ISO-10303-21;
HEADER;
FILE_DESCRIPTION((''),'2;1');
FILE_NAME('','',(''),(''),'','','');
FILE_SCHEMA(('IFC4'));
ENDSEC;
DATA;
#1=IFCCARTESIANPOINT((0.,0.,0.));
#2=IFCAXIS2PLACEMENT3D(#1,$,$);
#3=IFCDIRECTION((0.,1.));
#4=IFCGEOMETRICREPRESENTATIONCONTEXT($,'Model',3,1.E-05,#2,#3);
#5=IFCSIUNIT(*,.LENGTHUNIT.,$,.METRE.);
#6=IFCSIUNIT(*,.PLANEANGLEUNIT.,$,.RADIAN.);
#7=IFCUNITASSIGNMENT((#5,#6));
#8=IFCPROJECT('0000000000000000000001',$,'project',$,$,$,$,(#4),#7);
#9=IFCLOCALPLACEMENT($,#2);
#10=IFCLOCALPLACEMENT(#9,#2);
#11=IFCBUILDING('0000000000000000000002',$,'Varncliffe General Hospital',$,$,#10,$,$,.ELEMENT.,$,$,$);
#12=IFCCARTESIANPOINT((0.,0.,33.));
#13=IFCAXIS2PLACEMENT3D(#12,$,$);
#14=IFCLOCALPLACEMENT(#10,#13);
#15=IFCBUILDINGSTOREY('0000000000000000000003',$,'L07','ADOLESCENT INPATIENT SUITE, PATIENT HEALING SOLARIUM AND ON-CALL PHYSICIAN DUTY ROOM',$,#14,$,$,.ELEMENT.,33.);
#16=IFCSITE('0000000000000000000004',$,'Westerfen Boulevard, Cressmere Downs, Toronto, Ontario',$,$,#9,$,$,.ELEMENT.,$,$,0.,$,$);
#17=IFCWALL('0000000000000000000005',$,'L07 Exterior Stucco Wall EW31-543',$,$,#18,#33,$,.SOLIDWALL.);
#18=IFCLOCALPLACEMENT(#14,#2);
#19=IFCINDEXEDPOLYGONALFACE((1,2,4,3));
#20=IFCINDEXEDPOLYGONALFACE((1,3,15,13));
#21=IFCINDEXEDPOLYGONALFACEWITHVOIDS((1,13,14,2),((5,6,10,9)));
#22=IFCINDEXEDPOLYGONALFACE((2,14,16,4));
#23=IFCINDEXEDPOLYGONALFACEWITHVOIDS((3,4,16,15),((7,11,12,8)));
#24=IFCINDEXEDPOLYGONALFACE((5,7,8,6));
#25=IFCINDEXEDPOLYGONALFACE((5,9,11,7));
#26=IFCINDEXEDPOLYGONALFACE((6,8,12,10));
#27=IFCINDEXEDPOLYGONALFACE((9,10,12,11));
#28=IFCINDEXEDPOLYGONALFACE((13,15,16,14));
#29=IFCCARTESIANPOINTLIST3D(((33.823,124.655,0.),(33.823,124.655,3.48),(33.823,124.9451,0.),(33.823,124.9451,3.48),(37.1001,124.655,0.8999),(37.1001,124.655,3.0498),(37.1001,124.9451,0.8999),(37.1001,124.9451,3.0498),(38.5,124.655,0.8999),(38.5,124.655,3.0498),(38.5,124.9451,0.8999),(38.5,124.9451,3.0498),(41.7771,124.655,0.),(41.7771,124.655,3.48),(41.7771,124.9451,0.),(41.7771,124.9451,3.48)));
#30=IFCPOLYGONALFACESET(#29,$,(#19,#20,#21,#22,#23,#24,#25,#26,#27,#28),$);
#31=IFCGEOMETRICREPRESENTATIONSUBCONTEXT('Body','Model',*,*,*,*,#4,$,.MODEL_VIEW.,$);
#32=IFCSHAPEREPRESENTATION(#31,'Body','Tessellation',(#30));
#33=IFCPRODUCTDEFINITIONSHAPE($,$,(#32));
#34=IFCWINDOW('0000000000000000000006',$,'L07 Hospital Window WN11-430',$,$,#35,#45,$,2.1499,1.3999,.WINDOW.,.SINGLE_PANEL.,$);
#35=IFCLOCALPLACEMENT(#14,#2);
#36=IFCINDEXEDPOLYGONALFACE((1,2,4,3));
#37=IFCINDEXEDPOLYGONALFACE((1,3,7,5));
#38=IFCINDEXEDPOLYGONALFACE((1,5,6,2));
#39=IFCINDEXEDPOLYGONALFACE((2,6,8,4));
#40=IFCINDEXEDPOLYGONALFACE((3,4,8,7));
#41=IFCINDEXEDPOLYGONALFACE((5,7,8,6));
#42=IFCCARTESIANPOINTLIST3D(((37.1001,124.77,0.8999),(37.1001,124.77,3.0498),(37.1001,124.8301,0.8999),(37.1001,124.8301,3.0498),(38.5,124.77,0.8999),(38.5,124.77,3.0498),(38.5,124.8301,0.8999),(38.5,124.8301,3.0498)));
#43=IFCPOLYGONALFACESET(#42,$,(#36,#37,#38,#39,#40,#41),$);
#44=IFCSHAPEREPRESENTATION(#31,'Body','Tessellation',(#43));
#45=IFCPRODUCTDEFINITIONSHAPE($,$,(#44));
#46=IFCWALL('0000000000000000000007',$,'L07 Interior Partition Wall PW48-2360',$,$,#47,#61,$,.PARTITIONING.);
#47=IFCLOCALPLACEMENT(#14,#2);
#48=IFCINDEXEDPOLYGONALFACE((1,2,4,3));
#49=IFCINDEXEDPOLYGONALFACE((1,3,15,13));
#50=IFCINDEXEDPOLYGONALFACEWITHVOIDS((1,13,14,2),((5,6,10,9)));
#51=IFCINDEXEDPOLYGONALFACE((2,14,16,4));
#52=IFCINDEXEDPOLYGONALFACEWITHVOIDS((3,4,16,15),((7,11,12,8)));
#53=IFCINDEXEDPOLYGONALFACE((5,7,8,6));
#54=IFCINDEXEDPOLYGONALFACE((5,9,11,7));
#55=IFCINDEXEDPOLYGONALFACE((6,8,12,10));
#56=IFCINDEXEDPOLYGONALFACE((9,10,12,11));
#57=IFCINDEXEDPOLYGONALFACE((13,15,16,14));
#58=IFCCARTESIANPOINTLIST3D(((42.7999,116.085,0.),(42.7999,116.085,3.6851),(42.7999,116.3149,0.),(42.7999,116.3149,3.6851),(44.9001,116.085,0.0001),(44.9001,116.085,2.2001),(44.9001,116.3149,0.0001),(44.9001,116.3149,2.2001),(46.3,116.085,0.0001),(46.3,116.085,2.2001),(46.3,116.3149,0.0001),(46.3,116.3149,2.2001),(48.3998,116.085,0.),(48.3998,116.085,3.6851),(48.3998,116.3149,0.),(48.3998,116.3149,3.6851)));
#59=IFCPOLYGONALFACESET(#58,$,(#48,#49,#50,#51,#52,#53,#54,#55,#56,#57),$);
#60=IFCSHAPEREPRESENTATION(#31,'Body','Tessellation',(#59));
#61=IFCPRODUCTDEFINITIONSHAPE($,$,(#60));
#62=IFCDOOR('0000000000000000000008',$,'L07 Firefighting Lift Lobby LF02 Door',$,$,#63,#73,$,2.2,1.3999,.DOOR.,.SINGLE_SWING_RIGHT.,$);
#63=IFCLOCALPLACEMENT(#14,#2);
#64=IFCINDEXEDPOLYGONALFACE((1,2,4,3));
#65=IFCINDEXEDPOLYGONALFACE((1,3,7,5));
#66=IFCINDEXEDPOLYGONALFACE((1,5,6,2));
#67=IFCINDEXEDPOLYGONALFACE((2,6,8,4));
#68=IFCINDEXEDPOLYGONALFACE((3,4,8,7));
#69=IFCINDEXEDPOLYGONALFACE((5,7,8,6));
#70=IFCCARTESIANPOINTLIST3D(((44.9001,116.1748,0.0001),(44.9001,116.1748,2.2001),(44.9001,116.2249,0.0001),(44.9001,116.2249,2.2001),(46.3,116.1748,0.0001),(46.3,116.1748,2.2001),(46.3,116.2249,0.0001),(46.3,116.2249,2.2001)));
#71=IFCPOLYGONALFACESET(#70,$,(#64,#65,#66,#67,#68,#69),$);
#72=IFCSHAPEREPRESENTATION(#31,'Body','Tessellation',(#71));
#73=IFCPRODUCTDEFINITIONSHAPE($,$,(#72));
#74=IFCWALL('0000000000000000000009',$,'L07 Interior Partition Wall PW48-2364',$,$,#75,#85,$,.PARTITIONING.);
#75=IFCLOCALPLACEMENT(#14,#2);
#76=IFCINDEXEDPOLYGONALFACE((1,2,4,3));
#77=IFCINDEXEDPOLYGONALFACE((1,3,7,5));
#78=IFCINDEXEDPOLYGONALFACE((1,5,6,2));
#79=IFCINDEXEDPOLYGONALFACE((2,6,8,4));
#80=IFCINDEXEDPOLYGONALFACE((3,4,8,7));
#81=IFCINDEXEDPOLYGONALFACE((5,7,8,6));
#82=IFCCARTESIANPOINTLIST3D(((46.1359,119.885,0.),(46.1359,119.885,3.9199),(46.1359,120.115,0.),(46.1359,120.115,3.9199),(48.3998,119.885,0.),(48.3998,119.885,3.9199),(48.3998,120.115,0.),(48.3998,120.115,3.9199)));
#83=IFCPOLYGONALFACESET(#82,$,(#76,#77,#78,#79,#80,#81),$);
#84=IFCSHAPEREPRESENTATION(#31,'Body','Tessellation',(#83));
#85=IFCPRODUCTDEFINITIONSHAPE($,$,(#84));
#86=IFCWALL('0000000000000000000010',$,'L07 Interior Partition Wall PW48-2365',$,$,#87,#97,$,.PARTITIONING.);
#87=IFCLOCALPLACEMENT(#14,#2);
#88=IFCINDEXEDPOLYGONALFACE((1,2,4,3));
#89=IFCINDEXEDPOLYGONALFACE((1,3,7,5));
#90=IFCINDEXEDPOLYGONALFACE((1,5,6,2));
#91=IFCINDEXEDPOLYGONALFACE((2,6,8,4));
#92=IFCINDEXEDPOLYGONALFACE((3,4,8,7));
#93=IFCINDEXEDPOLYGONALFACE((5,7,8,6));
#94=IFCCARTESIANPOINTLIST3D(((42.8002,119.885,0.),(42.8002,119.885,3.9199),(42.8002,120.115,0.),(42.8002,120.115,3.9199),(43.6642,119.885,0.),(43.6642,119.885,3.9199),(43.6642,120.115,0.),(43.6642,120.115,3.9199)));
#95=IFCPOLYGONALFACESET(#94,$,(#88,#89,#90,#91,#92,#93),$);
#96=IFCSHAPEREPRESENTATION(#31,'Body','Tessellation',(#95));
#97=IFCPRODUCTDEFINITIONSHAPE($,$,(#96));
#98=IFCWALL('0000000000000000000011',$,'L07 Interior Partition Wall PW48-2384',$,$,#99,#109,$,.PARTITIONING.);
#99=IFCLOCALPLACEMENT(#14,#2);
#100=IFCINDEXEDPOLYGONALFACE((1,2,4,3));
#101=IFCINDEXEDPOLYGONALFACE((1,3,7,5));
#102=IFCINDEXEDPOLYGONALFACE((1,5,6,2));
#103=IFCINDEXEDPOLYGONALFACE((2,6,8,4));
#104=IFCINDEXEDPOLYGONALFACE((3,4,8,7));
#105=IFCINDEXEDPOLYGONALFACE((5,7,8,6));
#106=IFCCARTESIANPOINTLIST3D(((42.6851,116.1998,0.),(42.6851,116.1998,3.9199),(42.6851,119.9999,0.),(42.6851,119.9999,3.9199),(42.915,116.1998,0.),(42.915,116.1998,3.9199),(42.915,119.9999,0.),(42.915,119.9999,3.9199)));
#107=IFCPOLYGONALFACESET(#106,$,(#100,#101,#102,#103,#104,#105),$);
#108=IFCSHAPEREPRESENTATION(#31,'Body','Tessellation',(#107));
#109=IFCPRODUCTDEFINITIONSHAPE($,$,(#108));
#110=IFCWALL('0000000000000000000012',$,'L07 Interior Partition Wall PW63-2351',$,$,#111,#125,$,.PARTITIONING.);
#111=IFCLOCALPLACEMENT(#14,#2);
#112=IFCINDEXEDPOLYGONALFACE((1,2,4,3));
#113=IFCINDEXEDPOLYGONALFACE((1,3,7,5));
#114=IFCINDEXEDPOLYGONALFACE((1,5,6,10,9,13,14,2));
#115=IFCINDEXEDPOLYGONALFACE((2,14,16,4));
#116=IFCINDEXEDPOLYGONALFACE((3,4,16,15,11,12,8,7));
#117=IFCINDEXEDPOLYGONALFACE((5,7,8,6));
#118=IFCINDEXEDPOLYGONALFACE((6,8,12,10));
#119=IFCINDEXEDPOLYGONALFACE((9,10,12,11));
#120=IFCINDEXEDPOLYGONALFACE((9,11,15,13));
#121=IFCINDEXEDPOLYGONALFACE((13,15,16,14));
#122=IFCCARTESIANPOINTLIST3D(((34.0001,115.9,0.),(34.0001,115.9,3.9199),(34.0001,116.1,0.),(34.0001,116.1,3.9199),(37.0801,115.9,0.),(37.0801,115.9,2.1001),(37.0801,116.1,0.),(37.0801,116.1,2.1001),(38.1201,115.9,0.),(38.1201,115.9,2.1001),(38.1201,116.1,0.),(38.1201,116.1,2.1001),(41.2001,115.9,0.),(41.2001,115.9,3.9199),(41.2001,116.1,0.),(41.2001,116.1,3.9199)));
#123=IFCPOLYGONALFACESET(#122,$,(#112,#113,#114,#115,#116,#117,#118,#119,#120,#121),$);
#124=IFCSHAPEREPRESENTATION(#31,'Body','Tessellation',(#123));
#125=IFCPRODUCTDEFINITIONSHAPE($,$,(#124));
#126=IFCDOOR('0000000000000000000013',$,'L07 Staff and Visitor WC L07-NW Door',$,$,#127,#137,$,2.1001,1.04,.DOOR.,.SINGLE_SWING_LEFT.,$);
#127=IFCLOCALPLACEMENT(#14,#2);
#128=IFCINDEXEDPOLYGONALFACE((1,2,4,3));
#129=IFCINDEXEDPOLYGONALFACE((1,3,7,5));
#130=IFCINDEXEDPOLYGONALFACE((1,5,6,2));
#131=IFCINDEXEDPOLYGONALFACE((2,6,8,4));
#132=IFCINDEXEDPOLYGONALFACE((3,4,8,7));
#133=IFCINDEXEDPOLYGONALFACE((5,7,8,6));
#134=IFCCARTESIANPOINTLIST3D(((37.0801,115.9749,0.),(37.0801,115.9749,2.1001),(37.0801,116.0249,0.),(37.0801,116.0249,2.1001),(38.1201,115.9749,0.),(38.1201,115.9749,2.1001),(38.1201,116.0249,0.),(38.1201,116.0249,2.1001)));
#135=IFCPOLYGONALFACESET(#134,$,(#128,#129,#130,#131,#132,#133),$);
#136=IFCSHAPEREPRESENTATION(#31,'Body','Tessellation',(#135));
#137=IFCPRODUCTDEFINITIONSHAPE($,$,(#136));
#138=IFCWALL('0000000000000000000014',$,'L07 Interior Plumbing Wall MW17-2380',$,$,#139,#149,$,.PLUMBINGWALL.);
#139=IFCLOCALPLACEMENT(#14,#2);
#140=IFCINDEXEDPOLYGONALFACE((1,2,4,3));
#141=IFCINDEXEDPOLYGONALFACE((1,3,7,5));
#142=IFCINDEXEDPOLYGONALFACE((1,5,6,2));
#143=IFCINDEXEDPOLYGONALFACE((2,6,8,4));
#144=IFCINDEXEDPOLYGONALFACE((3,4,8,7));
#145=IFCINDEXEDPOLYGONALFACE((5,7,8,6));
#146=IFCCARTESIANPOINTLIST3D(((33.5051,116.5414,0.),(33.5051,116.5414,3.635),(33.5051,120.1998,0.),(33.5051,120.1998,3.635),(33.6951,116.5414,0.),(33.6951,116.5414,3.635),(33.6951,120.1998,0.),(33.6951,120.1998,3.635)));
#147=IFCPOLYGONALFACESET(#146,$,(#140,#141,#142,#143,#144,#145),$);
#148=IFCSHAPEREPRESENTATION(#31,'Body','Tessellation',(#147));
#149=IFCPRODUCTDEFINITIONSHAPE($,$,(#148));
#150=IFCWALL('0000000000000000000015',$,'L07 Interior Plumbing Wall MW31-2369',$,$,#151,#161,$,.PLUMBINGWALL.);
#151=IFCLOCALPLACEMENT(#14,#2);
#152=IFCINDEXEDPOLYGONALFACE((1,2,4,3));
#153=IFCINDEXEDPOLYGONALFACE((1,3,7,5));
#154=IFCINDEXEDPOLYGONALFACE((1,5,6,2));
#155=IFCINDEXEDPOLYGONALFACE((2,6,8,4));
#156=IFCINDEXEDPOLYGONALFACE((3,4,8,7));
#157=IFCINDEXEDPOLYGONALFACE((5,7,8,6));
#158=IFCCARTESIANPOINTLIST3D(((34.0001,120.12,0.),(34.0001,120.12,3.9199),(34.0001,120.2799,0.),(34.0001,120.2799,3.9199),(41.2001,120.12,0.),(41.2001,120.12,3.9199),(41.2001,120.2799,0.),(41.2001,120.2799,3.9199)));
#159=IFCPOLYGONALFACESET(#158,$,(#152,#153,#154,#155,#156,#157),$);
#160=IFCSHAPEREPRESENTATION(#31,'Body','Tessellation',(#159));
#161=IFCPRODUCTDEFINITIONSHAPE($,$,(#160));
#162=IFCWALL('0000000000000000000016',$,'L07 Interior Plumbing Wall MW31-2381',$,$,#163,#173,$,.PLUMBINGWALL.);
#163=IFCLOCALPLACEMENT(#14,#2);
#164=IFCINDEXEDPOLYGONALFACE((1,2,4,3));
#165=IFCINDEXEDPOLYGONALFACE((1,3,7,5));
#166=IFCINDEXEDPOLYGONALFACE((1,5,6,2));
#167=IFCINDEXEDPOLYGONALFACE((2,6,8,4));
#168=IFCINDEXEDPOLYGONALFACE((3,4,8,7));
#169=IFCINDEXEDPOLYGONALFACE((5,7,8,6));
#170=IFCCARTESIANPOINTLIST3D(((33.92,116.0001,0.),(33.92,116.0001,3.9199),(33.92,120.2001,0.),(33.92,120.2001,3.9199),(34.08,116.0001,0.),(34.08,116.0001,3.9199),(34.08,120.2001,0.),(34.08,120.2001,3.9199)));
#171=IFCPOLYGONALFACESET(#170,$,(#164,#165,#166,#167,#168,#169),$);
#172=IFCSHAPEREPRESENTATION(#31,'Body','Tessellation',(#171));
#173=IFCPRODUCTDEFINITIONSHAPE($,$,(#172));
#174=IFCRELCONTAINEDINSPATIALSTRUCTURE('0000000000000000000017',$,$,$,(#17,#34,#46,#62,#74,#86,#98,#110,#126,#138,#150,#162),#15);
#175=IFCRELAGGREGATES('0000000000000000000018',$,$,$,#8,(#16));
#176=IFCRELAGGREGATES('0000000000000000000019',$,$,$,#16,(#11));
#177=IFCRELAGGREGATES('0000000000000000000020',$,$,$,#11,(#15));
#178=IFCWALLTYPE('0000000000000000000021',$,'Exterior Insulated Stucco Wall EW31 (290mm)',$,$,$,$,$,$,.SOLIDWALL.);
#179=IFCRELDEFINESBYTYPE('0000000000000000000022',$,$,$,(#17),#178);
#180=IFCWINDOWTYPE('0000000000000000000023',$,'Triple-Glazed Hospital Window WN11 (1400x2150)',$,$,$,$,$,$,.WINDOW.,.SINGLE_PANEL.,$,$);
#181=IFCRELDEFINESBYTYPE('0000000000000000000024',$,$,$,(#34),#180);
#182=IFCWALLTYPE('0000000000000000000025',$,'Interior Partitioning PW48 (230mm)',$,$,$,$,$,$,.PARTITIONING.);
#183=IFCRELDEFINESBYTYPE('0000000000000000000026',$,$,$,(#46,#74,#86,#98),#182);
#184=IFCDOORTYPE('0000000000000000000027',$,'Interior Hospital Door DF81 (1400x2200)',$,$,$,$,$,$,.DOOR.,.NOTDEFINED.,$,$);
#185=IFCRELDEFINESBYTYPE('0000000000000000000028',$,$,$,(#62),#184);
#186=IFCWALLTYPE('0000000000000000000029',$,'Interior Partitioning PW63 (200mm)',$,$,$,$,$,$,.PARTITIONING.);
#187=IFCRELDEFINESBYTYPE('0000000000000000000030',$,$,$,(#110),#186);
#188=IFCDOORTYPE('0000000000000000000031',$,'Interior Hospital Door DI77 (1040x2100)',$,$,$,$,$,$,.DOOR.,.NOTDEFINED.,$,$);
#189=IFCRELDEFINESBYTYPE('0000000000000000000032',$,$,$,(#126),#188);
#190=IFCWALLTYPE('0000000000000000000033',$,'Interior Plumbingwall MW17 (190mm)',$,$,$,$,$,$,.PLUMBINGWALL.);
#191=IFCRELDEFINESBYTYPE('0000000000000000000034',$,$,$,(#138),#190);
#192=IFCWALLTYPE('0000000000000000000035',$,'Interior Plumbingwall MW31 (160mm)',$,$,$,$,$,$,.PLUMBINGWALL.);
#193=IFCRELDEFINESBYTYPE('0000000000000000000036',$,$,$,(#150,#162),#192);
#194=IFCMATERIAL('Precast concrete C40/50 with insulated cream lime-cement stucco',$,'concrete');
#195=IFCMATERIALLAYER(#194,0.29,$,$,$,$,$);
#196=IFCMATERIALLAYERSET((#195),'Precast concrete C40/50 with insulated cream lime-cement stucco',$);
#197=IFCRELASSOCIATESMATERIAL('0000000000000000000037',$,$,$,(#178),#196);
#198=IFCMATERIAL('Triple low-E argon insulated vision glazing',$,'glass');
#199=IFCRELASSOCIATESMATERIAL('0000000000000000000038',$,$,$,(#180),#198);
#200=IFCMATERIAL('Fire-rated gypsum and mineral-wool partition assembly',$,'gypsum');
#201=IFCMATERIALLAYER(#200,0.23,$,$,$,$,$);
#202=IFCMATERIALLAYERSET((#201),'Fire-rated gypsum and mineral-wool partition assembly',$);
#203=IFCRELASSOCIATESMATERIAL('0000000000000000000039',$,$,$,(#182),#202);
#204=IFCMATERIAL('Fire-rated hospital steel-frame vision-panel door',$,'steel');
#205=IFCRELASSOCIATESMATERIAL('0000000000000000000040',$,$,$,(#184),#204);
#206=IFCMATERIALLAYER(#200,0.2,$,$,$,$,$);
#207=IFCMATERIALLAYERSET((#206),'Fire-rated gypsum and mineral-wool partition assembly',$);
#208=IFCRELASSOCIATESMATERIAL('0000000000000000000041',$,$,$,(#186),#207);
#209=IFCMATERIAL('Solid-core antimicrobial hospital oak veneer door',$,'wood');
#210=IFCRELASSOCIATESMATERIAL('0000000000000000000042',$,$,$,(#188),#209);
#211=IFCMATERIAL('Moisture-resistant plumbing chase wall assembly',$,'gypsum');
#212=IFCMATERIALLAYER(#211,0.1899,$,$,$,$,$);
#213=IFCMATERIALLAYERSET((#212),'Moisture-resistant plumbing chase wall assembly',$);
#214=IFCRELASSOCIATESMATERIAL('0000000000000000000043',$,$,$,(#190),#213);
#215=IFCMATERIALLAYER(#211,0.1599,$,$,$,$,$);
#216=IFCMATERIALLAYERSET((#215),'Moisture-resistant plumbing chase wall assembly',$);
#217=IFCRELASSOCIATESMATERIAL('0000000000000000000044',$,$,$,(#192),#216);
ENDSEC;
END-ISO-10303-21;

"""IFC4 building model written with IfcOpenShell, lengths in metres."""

from ifc_helpers import new_model, si_unit, direction, frame, frame_2d, origin, place, context, subcontext, project, spatial, rectangle, extrude, material, layer, layer_set, type_object, element, fill, save


model = new_model("IFC4")

# Units and contexts
model_context = context("Model", 3, precision=1e-05, world=origin(), true_north=direction((0.0, 1.0)))
body_context = subcontext(model_context, "Body", "Model", "MODEL_VIEW")
ifc_project = project(units=[si_unit("LENGTHUNIT", "METRE"), si_unit("PLANEANGLEUNIT", "RADIAN")], contexts=[model_context])

# Site, building, storey
site_placement = place(None, origin())
site = spatial("IfcSite", under=ifc_project, at=site_placement, Name="Westerfen Boulevard, Cressmere Downs, Toronto, Ontario", CompositionType="ELEMENT", RefElevation=0.0)
building_placement = place(site_placement, origin())
building = spatial("IfcBuilding", under=site, at=building_placement, Name="Varncliffe General Hospital", CompositionType="ELEMENT")
storey_placement = place(building_placement, frame((0.0, 0.0, 33.0)))
storey = spatial("IfcBuildingStorey", under=building, at=storey_placement, Name="L07", Description="ADOLESCENT INPATIENT SUITE, PATIENT HEALING SOLARIUM AND ON-CALL PHYSICIAN DUTY ROOM", CompositionType="ELEMENT", Elevation=33.0)

# Wall, opening, window
ifc_material_1 = material(Name="Precast concrete C40/50 with insulated cream lime-cement stucco", Category="concrete")
ifc_material_2 = material(Name="Triple low-E argon insulated vision glazing", Category="glass")
ifc_layer_1 = layer(ifc_material_1, 0.29)
ifc_layer_set_1 = layer_set([ifc_layer_1], Name="Precast concrete C40/50 with insulated cream lime-cement stucco")
wall_type_1 = type_object("IfcWallType", Name="Exterior Insulated Stucco Wall EW31 (290mm)", PredefinedType="SOLIDWALL", material=ifc_layer_set_1)
wall_1_placement = place(storey_placement, frame((33.823, 124.8, 0.0), z_axis=(0.0, 0.0, 1.0), x_axis=(1.0, 0.0, 0.0)))
wall_1 = element("IfcWall", 1, at=wall_1_placement, inside=storey, type_object=wall_type_1, Name="L07 Exterior Stucco Wall EW31-543", PredefinedType="SOLIDWALL", context=body_context, shape_type="SweptSolid", body=[
    extrude(rectangle(XDim=7.9541, YDim=0.29, at=frame_2d((3.9771, 0.0))), origin(), (0.0, 0.0, 1.0), 3.48),
])
opening_1_placement = place(wall_1_placement, frame((3.2771, 0.0, 0.8999)))
opening_1 = element("IfcOpeningElement", 2, at=opening_1_placement, cuts=wall_1, PredefinedType="OPENING", context=body_context, shape_type="SweptSolid", body=[
    extrude(rectangle(XDim=1.3999, YDim=2.1499, at=frame_2d((0.7, 1.075))), frame((0.0, 0.155, 0.0), z_axis=(0.0, -1.0, 0.0), x_axis=(1.0, 0.0, 0.0)), (0.0, 0.0, 1.0), 0.3101),
])
window_type_1 = type_object("IfcWindowType", Name="Triple-Glazed Hospital Window WN11 (1400x2150)", PartitioningType="SINGLE_PANEL", PredefinedType="WINDOW", material=ifc_material_2)
window_1_placement = place(opening_1_placement, origin())
window_1 = element("IfcWindow", 3, at=window_1_placement, inside=storey, type_object=window_type_1, Name="L07 Hospital Window WN11-430", OverallHeight=2.1499, OverallWidth=1.3999, PartitioningType="SINGLE_PANEL", PredefinedType="WINDOW", context=body_context, shape_type="SweptSolid", body=[
    extrude(rectangle(XDim=1.3999, YDim=2.1499, at=frame_2d((0.7, 1.075))), frame((0.0, 0.03, 0.0), z_axis=(0.0, -1.0, 0.0), x_axis=(1.0, 0.0, 0.0)), (0.0, 0.0, 1.0), 0.0601),
])
fill(opening_1, window_1)

# Wall, opening, door
ifc_material_3 = material(Name="Fire-rated gypsum and mineral-wool partition assembly", Category="gypsum")
ifc_layer_2 = layer(ifc_material_3, 0.23)
ifc_layer_set_2 = layer_set([ifc_layer_2], Name="Fire-rated gypsum and mineral-wool partition assembly")
wall_type_2 = type_object("IfcWallType", Name="Interior Partitioning PW48 (230mm)", PredefinedType="PARTITIONING", material=ifc_layer_set_2)
wall_2_placement = place(storey_placement, frame((42.8, 116.2, 0.0), z_axis=(0.0, 0.0, 1.0), x_axis=(1.0, 0.0, 0.0)))
wall_2 = element("IfcWall", 4, at=wall_2_placement, inside=storey, type_object=wall_type_2, Name="L07 Interior Partition Wall PW48-2360", PredefinedType="PARTITIONING", context=body_context, shape_type="SweptSolid", body=[
    extrude(rectangle(XDim=5.5999, YDim=0.23, at=frame_2d((2.7998, 0.0))), origin(), (0.0, 0.0, 1.0), 3.6851),
])
opening_2_placement = place(wall_2_placement, frame((2.1001, 0.0, 0.0)))
opening_2 = element("IfcOpeningElement", 5, at=opening_2_placement, cuts=wall_2, PredefinedType="OPENING", context=body_context, shape_type="SweptSolid", body=[
    extrude(rectangle(XDim=1.3999, YDim=2.2, at=frame_2d((0.7, 1.1001))), frame((0.0, 0.125, 0.0), z_axis=(0.0, -1.0, 0.0), x_axis=(1.0, 0.0, 0.0)), (0.0, 0.0, 1.0), 0.25),
])
ifc_material_4 = material(Name="Fire-rated hospital steel-frame vision-panel door", Category="steel")
door_type_1 = type_object("IfcDoorType", Name="Interior Hospital Door DF81 (1400x2200)", OperationType="NOTDEFINED", PredefinedType="DOOR", material=ifc_material_4)
door_1_placement = place(opening_2_placement, origin())
door_1 = element("IfcDoor", 6, at=door_1_placement, inside=storey, type_object=door_type_1, Name="L07 Firefighting Lift Lobby LF02 Door", OperationType="SINGLE_SWING_RIGHT", OverallHeight=2.2, OverallWidth=1.3999, PredefinedType="DOOR", context=body_context, shape_type="SweptSolid", body=[
    extrude(rectangle(XDim=1.3999, YDim=2.2, at=frame_2d((0.7, 1.1001))), frame((0.0, 0.0249, 0.0), z_axis=(0.0, -1.0, 0.0), x_axis=(1.0, 0.0, 0.0)), (0.0, 0.0, 1.0), 0.05),
])
fill(opening_2, door_1)

# Walls
wall_3_placement = place(storey_placement, frame((46.136, 120.0, 0.0), z_axis=(0.0, 0.0, 1.0), x_axis=(1.0, 0.0, 0.0)))
element("IfcWall", 7, at=wall_3_placement, inside=storey, type_object=wall_type_2, Name="L07 Interior Partition Wall PW48-2364", PredefinedType="PARTITIONING", context=body_context, shape_type="SweptSolid", body=[
    extrude(rectangle(XDim=2.2639, YDim=0.23, at=frame_2d((1.1318, 0.0))), origin(), (0.0, 0.0, 1.0), 3.9199),
])
wall_4_placement = place(storey_placement, frame((42.8, 120.0, 0.0), z_axis=(0.0, 0.0, 1.0), x_axis=(1.0, 0.0, 0.0)))
element("IfcWall", 8, at=wall_4_placement, inside=storey, type_object=wall_type_2, Name="L07 Interior Partition Wall PW48-2365", PredefinedType="PARTITIONING", context=body_context, shape_type="SweptSolid", body=[
    extrude(rectangle(XDim=0.864, YDim=0.23, at=frame_2d((0.4321, 0.0))), origin(), (0.0, 0.0, 1.0), 3.9199),
])
wall_5_placement = place(storey_placement, frame((42.8, 116.2, 0.0), z_axis=(0.0, 0.0, 1.0), x_axis=(0.0, 1.0, 0.0)))
element("IfcWall", 9, at=wall_5_placement, inside=storey, type_object=wall_type_2, Name="L07 Interior Partition Wall PW48-2384", PredefinedType="PARTITIONING", context=body_context, shape_type="SweptSolid", body=[
    extrude(rectangle(XDim=3.8, YDim=0.23, at=frame_2d((1.8999, 0.0))), origin(), (0.0, 0.0, 1.0), 3.9199),
])

# Wall, opening, door
ifc_layer_3 = layer(ifc_material_3, 0.2)
ifc_layer_set_3 = layer_set([ifc_layer_3], Name="Fire-rated gypsum and mineral-wool partition assembly")
wall_type_3 = type_object("IfcWallType", Name="Interior Partitioning PW63 (200mm)", PredefinedType="PARTITIONING", material=ifc_layer_set_3)
wall_6_placement = place(storey_placement, frame((34.0, 116.0, 0.0), z_axis=(0.0, 0.0, 1.0), x_axis=(1.0, 0.0, 0.0)))
wall_6 = element("IfcWall", 10, at=wall_6_placement, inside=storey, type_object=wall_type_3, Name="L07 Interior Partition Wall PW63-2351", PredefinedType="PARTITIONING", context=body_context, shape_type="SweptSolid", body=[
    extrude(rectangle(XDim=7.2, YDim=0.2, at=frame_2d((3.6001, 0.0))), origin(), (0.0, 0.0, 1.0), 3.9199),
])
opening_3_placement = place(wall_6_placement, frame((3.0801, 0.0, 0.0)))
opening_3 = element("IfcOpeningElement", 11, at=opening_3_placement, cuts=wall_6, PredefinedType="OPENING", context=body_context, shape_type="SweptSolid", body=[
    extrude(rectangle(XDim=1.04, YDim=2.1001, at=frame_2d((0.52, 1.05))), frame((0.0, 0.1099, 0.0), z_axis=(0.0, -1.0, 0.0), x_axis=(1.0, 0.0, 0.0)), (0.0, 0.0, 1.0), 0.22),
])
ifc_material_5 = material(Name="Solid-core antimicrobial hospital oak veneer door", Category="wood")
door_type_2 = type_object("IfcDoorType", Name="Interior Hospital Door DI77 (1040x2100)", OperationType="NOTDEFINED", PredefinedType="DOOR", material=ifc_material_5)
door_2_placement = place(opening_3_placement, origin())
door_2 = element("IfcDoor", 12, at=door_2_placement, inside=storey, type_object=door_type_2, Name="L07 Staff and Visitor WC L07-NW Door", OperationType="SINGLE_SWING_LEFT", OverallHeight=2.1001, OverallWidth=1.04, PredefinedType="DOOR", context=body_context, shape_type="SweptSolid", body=[
    extrude(rectangle(XDim=1.04, YDim=2.1001, at=frame_2d((0.52, 1.05))), frame((0.0, 0.0249, 0.0), z_axis=(0.0, -1.0, 0.0), x_axis=(1.0, 0.0, 0.0)), (0.0, 0.0, 1.0), 0.05),
])
fill(opening_3, door_2)

# Walls
ifc_material_6 = material(Name="Moisture-resistant plumbing chase wall assembly", Category="gypsum")
ifc_layer_4 = layer(ifc_material_6, 0.1899)
ifc_layer_set_4 = layer_set([ifc_layer_4], Name="Moisture-resistant plumbing chase wall assembly")
wall_type_4 = type_object("IfcWallType", Name="Interior Plumbingwall MW17 (190mm)", PredefinedType="PLUMBINGWALL", material=ifc_layer_set_4)
wall_7_placement = place(storey_placement, frame((33.6001, 116.5415, 0.0), z_axis=(0.0, 0.0, 1.0), x_axis=(0.0, 1.0, 0.0)))
element("IfcWall", 13, at=wall_7_placement, inside=storey, type_object=wall_type_4, Name="L07 Interior Plumbing Wall MW17-2380", PredefinedType="PLUMBINGWALL", context=body_context, shape_type="SweptSolid", body=[
    extrude(rectangle(XDim=3.6584, YDim=0.1899, at=frame_2d((1.8291, 0.0))), origin(), (0.0, 0.0, 1.0), 3.635),
])
ifc_layer_5 = layer(ifc_material_6, 0.1599)
ifc_layer_set_5 = layer_set([ifc_layer_5], Name="Moisture-resistant plumbing chase wall assembly")
wall_type_5 = type_object("IfcWallType", Name="Interior Plumbingwall MW31 (160mm)", PredefinedType="PLUMBINGWALL", material=ifc_layer_set_5)
wall_8_placement = place(storey_placement, frame((34.0, 120.2, 0.0), z_axis=(0.0, 0.0, 1.0), x_axis=(1.0, 0.0, 0.0)))
element("IfcWall", 14, at=wall_8_placement, inside=storey, type_object=wall_type_5, Name="L07 Interior Plumbing Wall MW31-2369", PredefinedType="PLUMBINGWALL", context=body_context, shape_type="SweptSolid", body=[
    extrude(rectangle(XDim=7.2, YDim=0.1599, at=frame_2d((3.6001, 0.0))), origin(), (0.0, 0.0, 1.0), 3.9199),
])
for number, where, z_axis, x_axis, name in (
    (15, (34.0, 116.0, 0.0), (0.0, 0.0, 1.0), (0.0, 1.0, 0.0), "L07 Interior Plumbing Wall MW31-2381"),
):
    element("IfcWall", number, at=place(storey_placement, frame(where, z_axis=z_axis, x_axis=x_axis)), inside=storey, type_object=wall_type_5, Name=name, PredefinedType="PLUMBINGWALL", context=body_context, shape_type="SweptSolid", body=[
        extrude(rectangle(XDim=4.2, YDim=0.1599, at=frame_2d((2.1001, 0.0))), origin(), (0.0, 0.0, 1.0), 3.9199),
    ])

save(model, "model.ifc")
